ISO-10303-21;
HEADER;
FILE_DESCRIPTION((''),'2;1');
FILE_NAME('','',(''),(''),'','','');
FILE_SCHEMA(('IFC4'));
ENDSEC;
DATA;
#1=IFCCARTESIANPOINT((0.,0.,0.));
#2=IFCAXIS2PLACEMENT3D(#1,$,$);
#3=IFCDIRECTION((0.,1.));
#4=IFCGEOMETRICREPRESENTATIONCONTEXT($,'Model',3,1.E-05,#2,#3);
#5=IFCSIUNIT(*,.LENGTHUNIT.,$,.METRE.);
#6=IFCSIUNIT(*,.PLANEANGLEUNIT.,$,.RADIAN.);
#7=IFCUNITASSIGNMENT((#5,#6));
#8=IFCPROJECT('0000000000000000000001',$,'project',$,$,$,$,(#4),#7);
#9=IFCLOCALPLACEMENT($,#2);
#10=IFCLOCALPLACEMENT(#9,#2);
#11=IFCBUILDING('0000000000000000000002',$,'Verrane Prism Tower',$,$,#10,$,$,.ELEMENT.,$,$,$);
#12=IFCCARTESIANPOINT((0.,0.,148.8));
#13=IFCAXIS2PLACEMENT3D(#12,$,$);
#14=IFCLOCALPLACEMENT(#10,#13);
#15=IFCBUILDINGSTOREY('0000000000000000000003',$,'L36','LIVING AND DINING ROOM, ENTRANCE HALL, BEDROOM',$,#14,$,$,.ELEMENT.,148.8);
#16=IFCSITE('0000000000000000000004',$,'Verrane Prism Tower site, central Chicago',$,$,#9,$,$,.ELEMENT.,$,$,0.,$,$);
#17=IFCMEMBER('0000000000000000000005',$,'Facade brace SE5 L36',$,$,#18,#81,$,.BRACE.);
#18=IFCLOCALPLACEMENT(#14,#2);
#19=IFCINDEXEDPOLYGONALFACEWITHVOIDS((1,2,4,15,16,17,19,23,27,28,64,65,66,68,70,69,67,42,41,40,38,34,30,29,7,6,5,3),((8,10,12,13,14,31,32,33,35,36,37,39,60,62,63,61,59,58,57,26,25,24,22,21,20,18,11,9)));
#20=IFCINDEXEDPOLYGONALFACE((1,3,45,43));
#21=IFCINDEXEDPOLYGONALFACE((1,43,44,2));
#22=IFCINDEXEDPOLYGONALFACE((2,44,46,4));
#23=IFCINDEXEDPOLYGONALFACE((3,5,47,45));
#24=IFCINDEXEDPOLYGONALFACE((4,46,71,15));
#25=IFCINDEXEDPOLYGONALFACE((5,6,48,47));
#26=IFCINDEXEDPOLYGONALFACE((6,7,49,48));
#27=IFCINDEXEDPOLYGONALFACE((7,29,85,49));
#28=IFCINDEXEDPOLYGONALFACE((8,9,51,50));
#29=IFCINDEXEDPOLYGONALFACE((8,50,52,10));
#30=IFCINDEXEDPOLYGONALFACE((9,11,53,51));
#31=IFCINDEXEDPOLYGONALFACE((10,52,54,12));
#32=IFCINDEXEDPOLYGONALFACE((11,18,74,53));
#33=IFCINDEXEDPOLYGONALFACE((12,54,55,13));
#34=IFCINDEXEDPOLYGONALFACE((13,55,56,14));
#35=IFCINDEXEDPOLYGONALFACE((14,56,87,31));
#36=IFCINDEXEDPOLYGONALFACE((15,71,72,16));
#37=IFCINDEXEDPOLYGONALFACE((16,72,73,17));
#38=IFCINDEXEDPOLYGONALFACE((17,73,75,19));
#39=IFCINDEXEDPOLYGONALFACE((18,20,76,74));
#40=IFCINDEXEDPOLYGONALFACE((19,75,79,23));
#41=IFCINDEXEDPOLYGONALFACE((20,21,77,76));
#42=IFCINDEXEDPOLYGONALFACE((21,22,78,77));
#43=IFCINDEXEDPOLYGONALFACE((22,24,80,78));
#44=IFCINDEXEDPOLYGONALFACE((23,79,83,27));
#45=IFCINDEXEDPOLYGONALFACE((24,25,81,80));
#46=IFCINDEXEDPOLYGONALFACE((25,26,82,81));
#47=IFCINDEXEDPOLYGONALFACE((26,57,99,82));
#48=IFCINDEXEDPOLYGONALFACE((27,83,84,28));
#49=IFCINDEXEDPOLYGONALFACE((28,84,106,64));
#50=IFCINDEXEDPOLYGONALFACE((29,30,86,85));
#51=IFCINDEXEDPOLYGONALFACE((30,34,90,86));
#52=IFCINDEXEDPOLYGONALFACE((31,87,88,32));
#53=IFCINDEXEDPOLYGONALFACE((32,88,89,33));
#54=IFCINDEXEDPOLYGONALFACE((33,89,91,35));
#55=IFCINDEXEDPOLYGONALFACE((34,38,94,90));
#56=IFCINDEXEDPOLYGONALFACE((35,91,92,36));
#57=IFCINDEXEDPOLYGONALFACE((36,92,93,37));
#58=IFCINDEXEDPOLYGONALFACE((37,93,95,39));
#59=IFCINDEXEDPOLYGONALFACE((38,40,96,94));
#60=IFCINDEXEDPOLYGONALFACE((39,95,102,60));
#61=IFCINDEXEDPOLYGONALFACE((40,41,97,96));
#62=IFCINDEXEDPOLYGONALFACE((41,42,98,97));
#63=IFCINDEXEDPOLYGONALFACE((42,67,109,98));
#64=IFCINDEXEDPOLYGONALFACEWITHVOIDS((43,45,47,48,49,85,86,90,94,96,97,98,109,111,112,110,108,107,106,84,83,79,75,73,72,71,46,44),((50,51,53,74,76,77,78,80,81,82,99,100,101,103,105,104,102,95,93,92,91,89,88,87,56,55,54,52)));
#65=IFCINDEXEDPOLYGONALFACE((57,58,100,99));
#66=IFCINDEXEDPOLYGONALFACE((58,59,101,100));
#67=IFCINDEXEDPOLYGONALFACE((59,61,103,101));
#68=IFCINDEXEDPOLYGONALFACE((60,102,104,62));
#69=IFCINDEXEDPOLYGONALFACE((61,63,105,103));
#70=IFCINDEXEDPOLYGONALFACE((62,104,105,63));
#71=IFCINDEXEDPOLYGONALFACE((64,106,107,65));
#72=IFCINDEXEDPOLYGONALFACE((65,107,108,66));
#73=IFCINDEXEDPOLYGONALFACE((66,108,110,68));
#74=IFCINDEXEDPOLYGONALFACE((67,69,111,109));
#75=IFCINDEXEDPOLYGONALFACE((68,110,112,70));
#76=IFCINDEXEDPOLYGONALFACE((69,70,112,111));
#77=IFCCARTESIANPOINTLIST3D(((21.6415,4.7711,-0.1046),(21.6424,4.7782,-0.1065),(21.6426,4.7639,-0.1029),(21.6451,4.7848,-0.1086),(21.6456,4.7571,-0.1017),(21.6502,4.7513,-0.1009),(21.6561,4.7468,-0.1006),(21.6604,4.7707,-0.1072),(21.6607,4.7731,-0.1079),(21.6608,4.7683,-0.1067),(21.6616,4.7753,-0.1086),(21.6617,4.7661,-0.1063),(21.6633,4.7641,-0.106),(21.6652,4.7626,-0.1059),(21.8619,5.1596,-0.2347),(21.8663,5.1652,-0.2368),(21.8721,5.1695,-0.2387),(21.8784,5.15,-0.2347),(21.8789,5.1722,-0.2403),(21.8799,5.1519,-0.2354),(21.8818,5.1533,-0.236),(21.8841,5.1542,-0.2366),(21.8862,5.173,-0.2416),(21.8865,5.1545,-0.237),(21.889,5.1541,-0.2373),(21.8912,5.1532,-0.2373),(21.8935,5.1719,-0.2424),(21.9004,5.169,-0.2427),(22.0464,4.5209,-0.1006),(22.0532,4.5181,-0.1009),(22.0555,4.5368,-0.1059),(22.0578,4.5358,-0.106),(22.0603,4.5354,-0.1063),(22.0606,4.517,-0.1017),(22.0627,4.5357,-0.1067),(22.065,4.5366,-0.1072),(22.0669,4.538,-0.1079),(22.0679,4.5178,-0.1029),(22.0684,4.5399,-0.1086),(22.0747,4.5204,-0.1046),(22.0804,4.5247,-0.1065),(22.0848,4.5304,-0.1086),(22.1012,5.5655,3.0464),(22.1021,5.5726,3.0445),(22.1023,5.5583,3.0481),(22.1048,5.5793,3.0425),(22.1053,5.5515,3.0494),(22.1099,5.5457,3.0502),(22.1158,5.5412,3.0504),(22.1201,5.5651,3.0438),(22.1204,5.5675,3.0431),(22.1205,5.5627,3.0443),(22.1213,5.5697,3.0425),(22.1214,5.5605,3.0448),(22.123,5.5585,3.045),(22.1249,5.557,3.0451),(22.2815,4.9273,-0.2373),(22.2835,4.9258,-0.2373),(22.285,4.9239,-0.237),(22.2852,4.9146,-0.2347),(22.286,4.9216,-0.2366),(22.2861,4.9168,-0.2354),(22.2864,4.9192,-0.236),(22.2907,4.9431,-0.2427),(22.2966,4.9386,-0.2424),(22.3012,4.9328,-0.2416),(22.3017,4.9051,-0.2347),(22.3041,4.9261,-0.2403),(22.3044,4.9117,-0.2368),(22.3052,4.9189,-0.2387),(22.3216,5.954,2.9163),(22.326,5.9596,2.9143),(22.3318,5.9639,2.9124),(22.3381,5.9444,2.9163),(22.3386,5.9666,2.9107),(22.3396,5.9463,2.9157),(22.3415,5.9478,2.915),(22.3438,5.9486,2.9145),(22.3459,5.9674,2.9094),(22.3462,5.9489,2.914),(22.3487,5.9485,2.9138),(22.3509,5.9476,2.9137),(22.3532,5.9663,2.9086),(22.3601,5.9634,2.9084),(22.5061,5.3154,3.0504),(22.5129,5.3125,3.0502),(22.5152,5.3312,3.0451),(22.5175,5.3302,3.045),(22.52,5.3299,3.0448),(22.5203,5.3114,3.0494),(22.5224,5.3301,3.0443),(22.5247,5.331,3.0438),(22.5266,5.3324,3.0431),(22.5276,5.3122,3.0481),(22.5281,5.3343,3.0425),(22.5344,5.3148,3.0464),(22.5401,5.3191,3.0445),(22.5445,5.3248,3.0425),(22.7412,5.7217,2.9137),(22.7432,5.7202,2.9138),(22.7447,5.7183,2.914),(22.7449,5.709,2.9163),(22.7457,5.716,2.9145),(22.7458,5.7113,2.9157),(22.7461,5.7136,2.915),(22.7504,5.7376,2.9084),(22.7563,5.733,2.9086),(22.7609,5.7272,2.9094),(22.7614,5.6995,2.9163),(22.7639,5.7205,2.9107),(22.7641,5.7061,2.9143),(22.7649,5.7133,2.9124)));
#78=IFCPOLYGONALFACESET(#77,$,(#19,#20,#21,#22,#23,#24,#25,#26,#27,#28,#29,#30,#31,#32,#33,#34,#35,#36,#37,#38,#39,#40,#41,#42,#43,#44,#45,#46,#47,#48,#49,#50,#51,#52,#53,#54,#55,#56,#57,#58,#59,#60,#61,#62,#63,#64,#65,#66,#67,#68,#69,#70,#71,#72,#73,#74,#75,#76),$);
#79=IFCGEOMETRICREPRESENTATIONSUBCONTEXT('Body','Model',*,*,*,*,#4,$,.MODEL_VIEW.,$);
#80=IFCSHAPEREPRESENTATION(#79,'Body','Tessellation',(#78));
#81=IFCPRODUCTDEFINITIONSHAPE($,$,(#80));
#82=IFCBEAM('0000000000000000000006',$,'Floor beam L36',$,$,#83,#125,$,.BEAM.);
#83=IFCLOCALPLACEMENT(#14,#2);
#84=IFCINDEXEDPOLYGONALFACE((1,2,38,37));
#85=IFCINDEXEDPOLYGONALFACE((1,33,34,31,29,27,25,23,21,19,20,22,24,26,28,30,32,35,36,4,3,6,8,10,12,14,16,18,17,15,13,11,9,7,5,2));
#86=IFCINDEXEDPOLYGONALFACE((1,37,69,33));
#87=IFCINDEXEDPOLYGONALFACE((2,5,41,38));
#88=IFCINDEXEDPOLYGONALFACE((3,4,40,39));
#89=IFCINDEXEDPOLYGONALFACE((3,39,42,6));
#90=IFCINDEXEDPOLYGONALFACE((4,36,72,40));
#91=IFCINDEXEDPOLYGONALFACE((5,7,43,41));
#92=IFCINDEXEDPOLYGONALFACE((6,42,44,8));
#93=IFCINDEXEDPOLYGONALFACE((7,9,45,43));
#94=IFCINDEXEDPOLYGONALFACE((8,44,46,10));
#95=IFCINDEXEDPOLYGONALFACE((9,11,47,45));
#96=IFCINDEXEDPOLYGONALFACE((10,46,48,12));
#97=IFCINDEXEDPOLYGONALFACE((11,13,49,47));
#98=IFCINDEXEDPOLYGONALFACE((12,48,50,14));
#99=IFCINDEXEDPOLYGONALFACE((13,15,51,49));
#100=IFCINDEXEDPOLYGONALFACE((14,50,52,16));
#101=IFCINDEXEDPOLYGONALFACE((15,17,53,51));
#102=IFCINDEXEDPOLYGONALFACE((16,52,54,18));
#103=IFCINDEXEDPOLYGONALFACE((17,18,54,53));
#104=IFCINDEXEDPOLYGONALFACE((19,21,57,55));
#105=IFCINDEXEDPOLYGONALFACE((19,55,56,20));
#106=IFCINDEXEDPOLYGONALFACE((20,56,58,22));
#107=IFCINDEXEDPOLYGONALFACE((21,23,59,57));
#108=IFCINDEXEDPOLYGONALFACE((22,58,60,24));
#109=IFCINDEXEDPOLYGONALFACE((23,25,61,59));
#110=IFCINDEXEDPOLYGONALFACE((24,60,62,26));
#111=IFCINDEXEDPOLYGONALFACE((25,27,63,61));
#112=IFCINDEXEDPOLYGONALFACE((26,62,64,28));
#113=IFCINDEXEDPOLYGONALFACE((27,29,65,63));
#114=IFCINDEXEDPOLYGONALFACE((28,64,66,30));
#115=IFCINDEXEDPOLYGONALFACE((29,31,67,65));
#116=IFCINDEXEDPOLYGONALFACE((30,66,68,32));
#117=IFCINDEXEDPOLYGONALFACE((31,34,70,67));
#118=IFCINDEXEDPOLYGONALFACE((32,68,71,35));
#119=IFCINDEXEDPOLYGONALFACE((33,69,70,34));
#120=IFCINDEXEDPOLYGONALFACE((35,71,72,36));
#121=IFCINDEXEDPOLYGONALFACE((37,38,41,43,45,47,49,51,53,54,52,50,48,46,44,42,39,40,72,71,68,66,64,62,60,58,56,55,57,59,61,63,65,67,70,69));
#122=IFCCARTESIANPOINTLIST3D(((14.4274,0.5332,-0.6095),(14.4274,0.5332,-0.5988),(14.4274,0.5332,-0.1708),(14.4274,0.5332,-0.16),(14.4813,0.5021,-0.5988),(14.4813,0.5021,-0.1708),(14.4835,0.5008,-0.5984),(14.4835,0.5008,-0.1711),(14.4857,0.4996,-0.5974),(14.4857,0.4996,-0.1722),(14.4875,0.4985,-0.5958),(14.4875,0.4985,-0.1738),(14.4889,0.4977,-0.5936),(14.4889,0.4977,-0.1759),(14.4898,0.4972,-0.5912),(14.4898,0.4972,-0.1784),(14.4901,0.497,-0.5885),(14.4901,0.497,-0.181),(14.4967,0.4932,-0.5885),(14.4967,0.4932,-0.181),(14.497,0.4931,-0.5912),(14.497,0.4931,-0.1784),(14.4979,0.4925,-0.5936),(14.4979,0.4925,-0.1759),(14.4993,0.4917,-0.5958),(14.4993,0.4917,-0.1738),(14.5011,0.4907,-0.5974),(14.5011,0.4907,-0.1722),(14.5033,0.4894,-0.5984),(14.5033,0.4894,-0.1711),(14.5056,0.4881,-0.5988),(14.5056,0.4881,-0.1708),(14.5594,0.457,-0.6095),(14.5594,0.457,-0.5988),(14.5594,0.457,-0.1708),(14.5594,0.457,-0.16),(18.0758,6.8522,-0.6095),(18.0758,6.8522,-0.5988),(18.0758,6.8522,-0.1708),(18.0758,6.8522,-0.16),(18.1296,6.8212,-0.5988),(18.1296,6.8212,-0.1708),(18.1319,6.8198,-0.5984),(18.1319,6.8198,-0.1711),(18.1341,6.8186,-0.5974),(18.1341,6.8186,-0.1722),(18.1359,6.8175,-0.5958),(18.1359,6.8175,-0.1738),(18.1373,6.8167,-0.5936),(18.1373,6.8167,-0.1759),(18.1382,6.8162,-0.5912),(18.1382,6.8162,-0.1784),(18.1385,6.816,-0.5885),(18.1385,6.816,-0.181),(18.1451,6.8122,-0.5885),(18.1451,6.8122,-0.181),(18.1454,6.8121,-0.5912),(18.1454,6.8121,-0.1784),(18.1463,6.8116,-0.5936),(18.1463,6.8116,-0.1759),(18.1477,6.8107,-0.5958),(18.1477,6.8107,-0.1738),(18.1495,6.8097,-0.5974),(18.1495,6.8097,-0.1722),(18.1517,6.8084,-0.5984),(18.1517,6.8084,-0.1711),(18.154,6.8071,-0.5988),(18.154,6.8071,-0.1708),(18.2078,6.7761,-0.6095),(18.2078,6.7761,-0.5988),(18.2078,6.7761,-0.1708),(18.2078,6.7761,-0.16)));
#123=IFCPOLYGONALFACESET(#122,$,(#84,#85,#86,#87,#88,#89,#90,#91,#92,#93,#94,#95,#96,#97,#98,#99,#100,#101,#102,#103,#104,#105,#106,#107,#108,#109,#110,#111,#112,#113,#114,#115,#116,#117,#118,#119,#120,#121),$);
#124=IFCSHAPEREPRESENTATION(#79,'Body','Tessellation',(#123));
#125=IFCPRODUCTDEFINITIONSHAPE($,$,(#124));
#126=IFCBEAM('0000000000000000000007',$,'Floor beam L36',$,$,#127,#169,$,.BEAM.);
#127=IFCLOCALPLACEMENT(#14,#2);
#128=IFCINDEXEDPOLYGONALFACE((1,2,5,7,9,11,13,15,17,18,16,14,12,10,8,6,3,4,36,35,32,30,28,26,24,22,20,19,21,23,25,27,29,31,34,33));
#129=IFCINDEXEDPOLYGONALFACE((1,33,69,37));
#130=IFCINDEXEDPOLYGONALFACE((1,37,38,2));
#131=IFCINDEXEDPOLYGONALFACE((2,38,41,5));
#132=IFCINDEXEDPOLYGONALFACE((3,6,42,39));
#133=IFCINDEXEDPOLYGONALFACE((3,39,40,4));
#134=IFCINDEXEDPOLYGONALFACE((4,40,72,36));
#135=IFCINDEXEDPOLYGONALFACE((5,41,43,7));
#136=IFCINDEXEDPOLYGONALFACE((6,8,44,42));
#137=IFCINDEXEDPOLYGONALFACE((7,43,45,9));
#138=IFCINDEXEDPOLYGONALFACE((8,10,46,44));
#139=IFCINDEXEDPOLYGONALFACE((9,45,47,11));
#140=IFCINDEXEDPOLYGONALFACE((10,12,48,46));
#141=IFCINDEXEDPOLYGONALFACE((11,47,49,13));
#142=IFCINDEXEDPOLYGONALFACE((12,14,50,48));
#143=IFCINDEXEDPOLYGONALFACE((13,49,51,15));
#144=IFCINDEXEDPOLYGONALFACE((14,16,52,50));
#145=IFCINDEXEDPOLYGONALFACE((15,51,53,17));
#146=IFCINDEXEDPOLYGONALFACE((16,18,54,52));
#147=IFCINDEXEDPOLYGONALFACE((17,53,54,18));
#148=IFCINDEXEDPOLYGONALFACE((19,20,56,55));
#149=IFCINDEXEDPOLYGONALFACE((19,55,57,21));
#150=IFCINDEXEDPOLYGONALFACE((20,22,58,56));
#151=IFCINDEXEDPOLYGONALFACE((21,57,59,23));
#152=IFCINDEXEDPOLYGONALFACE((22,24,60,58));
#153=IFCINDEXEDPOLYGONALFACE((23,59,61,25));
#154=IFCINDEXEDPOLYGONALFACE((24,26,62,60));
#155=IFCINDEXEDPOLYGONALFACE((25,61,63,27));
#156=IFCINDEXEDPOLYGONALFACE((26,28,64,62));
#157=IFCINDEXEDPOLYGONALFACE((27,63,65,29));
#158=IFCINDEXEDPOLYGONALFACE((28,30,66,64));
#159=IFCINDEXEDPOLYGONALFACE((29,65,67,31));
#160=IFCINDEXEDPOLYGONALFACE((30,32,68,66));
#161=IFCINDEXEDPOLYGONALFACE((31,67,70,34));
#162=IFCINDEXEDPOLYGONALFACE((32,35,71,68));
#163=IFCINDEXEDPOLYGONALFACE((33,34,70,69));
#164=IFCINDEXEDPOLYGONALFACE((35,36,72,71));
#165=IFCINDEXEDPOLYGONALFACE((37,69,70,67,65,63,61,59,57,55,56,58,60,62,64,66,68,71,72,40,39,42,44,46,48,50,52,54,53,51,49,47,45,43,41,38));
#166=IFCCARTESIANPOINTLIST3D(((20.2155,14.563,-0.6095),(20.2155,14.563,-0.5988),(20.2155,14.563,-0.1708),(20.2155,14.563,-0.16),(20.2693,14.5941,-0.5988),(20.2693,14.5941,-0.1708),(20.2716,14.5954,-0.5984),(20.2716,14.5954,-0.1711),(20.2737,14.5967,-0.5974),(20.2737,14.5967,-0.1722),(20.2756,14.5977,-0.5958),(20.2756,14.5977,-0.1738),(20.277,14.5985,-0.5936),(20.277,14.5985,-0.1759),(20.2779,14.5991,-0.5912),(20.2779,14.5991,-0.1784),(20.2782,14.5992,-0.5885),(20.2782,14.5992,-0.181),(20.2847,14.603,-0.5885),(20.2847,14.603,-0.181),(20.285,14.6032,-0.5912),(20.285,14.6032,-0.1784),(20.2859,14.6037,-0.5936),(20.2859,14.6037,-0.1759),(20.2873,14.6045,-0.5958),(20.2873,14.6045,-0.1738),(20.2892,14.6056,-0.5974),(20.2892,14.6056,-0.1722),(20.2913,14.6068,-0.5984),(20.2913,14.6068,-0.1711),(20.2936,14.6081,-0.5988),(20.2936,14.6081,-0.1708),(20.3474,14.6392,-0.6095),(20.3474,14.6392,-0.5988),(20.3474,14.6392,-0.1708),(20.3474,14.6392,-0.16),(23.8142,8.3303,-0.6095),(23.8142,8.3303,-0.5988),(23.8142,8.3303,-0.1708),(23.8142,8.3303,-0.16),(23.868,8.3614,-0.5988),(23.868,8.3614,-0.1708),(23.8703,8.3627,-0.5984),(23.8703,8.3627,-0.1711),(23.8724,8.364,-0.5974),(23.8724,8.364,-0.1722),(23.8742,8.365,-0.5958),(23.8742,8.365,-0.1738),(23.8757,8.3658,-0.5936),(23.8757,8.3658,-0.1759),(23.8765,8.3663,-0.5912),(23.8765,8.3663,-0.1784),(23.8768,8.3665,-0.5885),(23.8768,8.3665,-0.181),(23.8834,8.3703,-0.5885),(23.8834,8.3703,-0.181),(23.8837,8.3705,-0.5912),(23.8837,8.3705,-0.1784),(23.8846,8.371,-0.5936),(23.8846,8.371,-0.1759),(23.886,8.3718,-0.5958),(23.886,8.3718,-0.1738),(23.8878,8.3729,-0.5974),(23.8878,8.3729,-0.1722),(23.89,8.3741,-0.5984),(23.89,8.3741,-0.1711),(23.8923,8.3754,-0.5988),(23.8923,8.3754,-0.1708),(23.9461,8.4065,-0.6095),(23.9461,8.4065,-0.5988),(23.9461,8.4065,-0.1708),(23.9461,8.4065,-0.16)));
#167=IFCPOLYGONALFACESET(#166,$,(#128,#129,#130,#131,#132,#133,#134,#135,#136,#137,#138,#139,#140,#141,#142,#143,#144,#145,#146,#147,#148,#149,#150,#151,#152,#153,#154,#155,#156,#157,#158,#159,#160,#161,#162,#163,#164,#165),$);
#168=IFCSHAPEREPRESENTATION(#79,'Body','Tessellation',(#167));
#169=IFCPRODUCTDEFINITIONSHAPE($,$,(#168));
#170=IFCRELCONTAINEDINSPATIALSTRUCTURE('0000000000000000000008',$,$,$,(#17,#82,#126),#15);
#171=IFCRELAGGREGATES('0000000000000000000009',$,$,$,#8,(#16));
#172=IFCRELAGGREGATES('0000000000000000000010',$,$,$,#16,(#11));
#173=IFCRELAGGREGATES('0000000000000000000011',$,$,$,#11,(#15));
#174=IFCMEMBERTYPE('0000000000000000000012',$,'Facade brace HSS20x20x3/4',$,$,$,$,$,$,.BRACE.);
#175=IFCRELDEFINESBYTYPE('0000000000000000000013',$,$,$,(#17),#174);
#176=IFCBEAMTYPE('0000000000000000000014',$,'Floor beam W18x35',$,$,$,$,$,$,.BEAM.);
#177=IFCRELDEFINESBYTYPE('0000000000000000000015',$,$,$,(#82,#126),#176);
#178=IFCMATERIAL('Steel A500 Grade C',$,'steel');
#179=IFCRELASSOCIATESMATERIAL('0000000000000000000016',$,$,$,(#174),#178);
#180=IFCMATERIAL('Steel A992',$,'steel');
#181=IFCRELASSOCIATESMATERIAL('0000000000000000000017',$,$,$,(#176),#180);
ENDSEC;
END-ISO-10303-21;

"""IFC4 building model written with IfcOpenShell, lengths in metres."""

from ifc_helpers import new_model, si_unit, direction, frame, origin, origin_2d, place, context, subcontext, project, spatial, hollow_rectangle, i_section, extrude, material, material_profile, profile_set, type_object, element, save


model = new_model("IFC4")

# Units and contexts
model_context = context("Model", 3, precision=1e-05, world=origin(), true_north=direction((0.0, 1.0)))
body_context = subcontext(model_context, "Body", "Model", "MODEL_VIEW")
ifc_project = project(units=[si_unit("LENGTHUNIT", "METRE"), si_unit("PLANEANGLEUNIT", "RADIAN")], contexts=[model_context])

# Site, building, storey
site_placement = place(None, origin())
site = spatial("IfcSite", under=ifc_project, at=site_placement, Name="Verrane Prism Tower site, central Chicago", CompositionType="ELEMENT", RefElevation=0.0)
building_placement = place(site_placement, origin())
building = spatial("IfcBuilding", under=site, at=building_placement, Name="Verrane Prism Tower", CompositionType="ELEMENT")
storey_placement = place(building_placement, frame((0.0, 0.0, 148.8)))
storey = spatial("IfcBuildingStorey", under=building, at=storey_placement, Name="L36", Description="LIVING AND DINING ROOM, ENTRANCE HALL, BEDROOM", CompositionType="ELEMENT", Elevation=148.8)

# Member
ifc_material_1 = material(Name="Steel A500 Grade C", Category="steel")
ifc_material_profile_1 = material_profile(ifc_material_1, hollow_rectangle(XDim=0.5081, YDim=0.5081, WallThickness=0.019, InnerFilletRadius=0.0095, OuterFilletRadius=0.0286, at=origin_2d()), Name="HSS20x20x3/4")
ifc_profile_set_1 = profile_set([ifc_material_profile_1], Name="Steel A500 Grade C")
member_type_1 = type_object("IfcMemberType", Name="Facade brace HSS20x20x3/4", PredefinedType="BRACE", material=ifc_profile_set_1)
member_1_placement = place(storey_placement, frame((21.9734, 4.845, -0.1716), z_axis=(0.140069, 0.242052, 0.9601), x_axis=(-0.865529, 0.500858, 0.0)))
element("IfcMember", 1, at=member_1_placement, inside=storey, type_object=member_type_1, Name="Facade brace SE5 L36", PredefinedType="BRACE", context=body_context, shape_type="SweptSolid", body=[
    extrude(hollow_rectangle(XDim=0.5081, YDim=0.5081, WallThickness=0.019, InnerFilletRadius=0.0095, OuterFilletRadius=0.0286, at=origin_2d()), origin(), (0.0, 0.0, 1.0), 3.282),
])

# Beams
ifc_material_2 = material(Name="Steel A992", Category="steel")
ifc_material_profile_2 = material_profile(ifc_material_2, i_section(OverallWidth=0.1523, OverallDepth=0.4495, WebThickness=0.0076, FlangeThickness=0.0107, FilletRadius=0.0103, at=origin_2d()), Name="W18x35")
ifc_profile_set_2 = profile_set([ifc_material_profile_2], Name="Steel A992")
beam_type_1 = type_object("IfcBeamType", Name="Floor beam W18x35", PredefinedType="BEAM", material=ifc_profile_set_2)
beam_1_placement = place(storey_placement, frame((14.4934, 0.4951, -0.3848), z_axis=(0.500011, 0.866019, 0.0), x_axis=(-0.866019, 0.500011, 0.0)))
element("IfcBeam", 2, at=beam_1_placement, inside=storey, type_object=beam_type_1, Name="Floor beam L36", PredefinedType="BEAM", context=body_context, shape_type="SweptSolid", body=[
    extrude(i_section(OverallWidth=0.1523, OverallDepth=0.4495, WebThickness=0.0076, FlangeThickness=0.0107, FilletRadius=0.0103, at=origin_2d()), origin(), (0.0, 0.0, 1.0), 7.2966),
])
beam_2_placement = place(storey_placement, frame((23.8801, 8.3684, -0.3848), z_axis=(-0.500021, 0.866013, 0.0), x_axis=(-0.866013, -0.500021, 0.0)))
element("IfcBeam", 3, at=beam_2_placement, inside=storey, type_object=beam_type_1, Name="Floor beam L36", PredefinedType="BEAM", context=body_context, shape_type="SweptSolid", body=[
    extrude(i_section(OverallWidth=0.1523, OverallDepth=0.4495, WebThickness=0.0076, FlangeThickness=0.0107, FilletRadius=0.0103, at=origin_2d()), origin(), (0.0, 0.0, 1.0), 7.197),
])

save(model, "model.ifc")
